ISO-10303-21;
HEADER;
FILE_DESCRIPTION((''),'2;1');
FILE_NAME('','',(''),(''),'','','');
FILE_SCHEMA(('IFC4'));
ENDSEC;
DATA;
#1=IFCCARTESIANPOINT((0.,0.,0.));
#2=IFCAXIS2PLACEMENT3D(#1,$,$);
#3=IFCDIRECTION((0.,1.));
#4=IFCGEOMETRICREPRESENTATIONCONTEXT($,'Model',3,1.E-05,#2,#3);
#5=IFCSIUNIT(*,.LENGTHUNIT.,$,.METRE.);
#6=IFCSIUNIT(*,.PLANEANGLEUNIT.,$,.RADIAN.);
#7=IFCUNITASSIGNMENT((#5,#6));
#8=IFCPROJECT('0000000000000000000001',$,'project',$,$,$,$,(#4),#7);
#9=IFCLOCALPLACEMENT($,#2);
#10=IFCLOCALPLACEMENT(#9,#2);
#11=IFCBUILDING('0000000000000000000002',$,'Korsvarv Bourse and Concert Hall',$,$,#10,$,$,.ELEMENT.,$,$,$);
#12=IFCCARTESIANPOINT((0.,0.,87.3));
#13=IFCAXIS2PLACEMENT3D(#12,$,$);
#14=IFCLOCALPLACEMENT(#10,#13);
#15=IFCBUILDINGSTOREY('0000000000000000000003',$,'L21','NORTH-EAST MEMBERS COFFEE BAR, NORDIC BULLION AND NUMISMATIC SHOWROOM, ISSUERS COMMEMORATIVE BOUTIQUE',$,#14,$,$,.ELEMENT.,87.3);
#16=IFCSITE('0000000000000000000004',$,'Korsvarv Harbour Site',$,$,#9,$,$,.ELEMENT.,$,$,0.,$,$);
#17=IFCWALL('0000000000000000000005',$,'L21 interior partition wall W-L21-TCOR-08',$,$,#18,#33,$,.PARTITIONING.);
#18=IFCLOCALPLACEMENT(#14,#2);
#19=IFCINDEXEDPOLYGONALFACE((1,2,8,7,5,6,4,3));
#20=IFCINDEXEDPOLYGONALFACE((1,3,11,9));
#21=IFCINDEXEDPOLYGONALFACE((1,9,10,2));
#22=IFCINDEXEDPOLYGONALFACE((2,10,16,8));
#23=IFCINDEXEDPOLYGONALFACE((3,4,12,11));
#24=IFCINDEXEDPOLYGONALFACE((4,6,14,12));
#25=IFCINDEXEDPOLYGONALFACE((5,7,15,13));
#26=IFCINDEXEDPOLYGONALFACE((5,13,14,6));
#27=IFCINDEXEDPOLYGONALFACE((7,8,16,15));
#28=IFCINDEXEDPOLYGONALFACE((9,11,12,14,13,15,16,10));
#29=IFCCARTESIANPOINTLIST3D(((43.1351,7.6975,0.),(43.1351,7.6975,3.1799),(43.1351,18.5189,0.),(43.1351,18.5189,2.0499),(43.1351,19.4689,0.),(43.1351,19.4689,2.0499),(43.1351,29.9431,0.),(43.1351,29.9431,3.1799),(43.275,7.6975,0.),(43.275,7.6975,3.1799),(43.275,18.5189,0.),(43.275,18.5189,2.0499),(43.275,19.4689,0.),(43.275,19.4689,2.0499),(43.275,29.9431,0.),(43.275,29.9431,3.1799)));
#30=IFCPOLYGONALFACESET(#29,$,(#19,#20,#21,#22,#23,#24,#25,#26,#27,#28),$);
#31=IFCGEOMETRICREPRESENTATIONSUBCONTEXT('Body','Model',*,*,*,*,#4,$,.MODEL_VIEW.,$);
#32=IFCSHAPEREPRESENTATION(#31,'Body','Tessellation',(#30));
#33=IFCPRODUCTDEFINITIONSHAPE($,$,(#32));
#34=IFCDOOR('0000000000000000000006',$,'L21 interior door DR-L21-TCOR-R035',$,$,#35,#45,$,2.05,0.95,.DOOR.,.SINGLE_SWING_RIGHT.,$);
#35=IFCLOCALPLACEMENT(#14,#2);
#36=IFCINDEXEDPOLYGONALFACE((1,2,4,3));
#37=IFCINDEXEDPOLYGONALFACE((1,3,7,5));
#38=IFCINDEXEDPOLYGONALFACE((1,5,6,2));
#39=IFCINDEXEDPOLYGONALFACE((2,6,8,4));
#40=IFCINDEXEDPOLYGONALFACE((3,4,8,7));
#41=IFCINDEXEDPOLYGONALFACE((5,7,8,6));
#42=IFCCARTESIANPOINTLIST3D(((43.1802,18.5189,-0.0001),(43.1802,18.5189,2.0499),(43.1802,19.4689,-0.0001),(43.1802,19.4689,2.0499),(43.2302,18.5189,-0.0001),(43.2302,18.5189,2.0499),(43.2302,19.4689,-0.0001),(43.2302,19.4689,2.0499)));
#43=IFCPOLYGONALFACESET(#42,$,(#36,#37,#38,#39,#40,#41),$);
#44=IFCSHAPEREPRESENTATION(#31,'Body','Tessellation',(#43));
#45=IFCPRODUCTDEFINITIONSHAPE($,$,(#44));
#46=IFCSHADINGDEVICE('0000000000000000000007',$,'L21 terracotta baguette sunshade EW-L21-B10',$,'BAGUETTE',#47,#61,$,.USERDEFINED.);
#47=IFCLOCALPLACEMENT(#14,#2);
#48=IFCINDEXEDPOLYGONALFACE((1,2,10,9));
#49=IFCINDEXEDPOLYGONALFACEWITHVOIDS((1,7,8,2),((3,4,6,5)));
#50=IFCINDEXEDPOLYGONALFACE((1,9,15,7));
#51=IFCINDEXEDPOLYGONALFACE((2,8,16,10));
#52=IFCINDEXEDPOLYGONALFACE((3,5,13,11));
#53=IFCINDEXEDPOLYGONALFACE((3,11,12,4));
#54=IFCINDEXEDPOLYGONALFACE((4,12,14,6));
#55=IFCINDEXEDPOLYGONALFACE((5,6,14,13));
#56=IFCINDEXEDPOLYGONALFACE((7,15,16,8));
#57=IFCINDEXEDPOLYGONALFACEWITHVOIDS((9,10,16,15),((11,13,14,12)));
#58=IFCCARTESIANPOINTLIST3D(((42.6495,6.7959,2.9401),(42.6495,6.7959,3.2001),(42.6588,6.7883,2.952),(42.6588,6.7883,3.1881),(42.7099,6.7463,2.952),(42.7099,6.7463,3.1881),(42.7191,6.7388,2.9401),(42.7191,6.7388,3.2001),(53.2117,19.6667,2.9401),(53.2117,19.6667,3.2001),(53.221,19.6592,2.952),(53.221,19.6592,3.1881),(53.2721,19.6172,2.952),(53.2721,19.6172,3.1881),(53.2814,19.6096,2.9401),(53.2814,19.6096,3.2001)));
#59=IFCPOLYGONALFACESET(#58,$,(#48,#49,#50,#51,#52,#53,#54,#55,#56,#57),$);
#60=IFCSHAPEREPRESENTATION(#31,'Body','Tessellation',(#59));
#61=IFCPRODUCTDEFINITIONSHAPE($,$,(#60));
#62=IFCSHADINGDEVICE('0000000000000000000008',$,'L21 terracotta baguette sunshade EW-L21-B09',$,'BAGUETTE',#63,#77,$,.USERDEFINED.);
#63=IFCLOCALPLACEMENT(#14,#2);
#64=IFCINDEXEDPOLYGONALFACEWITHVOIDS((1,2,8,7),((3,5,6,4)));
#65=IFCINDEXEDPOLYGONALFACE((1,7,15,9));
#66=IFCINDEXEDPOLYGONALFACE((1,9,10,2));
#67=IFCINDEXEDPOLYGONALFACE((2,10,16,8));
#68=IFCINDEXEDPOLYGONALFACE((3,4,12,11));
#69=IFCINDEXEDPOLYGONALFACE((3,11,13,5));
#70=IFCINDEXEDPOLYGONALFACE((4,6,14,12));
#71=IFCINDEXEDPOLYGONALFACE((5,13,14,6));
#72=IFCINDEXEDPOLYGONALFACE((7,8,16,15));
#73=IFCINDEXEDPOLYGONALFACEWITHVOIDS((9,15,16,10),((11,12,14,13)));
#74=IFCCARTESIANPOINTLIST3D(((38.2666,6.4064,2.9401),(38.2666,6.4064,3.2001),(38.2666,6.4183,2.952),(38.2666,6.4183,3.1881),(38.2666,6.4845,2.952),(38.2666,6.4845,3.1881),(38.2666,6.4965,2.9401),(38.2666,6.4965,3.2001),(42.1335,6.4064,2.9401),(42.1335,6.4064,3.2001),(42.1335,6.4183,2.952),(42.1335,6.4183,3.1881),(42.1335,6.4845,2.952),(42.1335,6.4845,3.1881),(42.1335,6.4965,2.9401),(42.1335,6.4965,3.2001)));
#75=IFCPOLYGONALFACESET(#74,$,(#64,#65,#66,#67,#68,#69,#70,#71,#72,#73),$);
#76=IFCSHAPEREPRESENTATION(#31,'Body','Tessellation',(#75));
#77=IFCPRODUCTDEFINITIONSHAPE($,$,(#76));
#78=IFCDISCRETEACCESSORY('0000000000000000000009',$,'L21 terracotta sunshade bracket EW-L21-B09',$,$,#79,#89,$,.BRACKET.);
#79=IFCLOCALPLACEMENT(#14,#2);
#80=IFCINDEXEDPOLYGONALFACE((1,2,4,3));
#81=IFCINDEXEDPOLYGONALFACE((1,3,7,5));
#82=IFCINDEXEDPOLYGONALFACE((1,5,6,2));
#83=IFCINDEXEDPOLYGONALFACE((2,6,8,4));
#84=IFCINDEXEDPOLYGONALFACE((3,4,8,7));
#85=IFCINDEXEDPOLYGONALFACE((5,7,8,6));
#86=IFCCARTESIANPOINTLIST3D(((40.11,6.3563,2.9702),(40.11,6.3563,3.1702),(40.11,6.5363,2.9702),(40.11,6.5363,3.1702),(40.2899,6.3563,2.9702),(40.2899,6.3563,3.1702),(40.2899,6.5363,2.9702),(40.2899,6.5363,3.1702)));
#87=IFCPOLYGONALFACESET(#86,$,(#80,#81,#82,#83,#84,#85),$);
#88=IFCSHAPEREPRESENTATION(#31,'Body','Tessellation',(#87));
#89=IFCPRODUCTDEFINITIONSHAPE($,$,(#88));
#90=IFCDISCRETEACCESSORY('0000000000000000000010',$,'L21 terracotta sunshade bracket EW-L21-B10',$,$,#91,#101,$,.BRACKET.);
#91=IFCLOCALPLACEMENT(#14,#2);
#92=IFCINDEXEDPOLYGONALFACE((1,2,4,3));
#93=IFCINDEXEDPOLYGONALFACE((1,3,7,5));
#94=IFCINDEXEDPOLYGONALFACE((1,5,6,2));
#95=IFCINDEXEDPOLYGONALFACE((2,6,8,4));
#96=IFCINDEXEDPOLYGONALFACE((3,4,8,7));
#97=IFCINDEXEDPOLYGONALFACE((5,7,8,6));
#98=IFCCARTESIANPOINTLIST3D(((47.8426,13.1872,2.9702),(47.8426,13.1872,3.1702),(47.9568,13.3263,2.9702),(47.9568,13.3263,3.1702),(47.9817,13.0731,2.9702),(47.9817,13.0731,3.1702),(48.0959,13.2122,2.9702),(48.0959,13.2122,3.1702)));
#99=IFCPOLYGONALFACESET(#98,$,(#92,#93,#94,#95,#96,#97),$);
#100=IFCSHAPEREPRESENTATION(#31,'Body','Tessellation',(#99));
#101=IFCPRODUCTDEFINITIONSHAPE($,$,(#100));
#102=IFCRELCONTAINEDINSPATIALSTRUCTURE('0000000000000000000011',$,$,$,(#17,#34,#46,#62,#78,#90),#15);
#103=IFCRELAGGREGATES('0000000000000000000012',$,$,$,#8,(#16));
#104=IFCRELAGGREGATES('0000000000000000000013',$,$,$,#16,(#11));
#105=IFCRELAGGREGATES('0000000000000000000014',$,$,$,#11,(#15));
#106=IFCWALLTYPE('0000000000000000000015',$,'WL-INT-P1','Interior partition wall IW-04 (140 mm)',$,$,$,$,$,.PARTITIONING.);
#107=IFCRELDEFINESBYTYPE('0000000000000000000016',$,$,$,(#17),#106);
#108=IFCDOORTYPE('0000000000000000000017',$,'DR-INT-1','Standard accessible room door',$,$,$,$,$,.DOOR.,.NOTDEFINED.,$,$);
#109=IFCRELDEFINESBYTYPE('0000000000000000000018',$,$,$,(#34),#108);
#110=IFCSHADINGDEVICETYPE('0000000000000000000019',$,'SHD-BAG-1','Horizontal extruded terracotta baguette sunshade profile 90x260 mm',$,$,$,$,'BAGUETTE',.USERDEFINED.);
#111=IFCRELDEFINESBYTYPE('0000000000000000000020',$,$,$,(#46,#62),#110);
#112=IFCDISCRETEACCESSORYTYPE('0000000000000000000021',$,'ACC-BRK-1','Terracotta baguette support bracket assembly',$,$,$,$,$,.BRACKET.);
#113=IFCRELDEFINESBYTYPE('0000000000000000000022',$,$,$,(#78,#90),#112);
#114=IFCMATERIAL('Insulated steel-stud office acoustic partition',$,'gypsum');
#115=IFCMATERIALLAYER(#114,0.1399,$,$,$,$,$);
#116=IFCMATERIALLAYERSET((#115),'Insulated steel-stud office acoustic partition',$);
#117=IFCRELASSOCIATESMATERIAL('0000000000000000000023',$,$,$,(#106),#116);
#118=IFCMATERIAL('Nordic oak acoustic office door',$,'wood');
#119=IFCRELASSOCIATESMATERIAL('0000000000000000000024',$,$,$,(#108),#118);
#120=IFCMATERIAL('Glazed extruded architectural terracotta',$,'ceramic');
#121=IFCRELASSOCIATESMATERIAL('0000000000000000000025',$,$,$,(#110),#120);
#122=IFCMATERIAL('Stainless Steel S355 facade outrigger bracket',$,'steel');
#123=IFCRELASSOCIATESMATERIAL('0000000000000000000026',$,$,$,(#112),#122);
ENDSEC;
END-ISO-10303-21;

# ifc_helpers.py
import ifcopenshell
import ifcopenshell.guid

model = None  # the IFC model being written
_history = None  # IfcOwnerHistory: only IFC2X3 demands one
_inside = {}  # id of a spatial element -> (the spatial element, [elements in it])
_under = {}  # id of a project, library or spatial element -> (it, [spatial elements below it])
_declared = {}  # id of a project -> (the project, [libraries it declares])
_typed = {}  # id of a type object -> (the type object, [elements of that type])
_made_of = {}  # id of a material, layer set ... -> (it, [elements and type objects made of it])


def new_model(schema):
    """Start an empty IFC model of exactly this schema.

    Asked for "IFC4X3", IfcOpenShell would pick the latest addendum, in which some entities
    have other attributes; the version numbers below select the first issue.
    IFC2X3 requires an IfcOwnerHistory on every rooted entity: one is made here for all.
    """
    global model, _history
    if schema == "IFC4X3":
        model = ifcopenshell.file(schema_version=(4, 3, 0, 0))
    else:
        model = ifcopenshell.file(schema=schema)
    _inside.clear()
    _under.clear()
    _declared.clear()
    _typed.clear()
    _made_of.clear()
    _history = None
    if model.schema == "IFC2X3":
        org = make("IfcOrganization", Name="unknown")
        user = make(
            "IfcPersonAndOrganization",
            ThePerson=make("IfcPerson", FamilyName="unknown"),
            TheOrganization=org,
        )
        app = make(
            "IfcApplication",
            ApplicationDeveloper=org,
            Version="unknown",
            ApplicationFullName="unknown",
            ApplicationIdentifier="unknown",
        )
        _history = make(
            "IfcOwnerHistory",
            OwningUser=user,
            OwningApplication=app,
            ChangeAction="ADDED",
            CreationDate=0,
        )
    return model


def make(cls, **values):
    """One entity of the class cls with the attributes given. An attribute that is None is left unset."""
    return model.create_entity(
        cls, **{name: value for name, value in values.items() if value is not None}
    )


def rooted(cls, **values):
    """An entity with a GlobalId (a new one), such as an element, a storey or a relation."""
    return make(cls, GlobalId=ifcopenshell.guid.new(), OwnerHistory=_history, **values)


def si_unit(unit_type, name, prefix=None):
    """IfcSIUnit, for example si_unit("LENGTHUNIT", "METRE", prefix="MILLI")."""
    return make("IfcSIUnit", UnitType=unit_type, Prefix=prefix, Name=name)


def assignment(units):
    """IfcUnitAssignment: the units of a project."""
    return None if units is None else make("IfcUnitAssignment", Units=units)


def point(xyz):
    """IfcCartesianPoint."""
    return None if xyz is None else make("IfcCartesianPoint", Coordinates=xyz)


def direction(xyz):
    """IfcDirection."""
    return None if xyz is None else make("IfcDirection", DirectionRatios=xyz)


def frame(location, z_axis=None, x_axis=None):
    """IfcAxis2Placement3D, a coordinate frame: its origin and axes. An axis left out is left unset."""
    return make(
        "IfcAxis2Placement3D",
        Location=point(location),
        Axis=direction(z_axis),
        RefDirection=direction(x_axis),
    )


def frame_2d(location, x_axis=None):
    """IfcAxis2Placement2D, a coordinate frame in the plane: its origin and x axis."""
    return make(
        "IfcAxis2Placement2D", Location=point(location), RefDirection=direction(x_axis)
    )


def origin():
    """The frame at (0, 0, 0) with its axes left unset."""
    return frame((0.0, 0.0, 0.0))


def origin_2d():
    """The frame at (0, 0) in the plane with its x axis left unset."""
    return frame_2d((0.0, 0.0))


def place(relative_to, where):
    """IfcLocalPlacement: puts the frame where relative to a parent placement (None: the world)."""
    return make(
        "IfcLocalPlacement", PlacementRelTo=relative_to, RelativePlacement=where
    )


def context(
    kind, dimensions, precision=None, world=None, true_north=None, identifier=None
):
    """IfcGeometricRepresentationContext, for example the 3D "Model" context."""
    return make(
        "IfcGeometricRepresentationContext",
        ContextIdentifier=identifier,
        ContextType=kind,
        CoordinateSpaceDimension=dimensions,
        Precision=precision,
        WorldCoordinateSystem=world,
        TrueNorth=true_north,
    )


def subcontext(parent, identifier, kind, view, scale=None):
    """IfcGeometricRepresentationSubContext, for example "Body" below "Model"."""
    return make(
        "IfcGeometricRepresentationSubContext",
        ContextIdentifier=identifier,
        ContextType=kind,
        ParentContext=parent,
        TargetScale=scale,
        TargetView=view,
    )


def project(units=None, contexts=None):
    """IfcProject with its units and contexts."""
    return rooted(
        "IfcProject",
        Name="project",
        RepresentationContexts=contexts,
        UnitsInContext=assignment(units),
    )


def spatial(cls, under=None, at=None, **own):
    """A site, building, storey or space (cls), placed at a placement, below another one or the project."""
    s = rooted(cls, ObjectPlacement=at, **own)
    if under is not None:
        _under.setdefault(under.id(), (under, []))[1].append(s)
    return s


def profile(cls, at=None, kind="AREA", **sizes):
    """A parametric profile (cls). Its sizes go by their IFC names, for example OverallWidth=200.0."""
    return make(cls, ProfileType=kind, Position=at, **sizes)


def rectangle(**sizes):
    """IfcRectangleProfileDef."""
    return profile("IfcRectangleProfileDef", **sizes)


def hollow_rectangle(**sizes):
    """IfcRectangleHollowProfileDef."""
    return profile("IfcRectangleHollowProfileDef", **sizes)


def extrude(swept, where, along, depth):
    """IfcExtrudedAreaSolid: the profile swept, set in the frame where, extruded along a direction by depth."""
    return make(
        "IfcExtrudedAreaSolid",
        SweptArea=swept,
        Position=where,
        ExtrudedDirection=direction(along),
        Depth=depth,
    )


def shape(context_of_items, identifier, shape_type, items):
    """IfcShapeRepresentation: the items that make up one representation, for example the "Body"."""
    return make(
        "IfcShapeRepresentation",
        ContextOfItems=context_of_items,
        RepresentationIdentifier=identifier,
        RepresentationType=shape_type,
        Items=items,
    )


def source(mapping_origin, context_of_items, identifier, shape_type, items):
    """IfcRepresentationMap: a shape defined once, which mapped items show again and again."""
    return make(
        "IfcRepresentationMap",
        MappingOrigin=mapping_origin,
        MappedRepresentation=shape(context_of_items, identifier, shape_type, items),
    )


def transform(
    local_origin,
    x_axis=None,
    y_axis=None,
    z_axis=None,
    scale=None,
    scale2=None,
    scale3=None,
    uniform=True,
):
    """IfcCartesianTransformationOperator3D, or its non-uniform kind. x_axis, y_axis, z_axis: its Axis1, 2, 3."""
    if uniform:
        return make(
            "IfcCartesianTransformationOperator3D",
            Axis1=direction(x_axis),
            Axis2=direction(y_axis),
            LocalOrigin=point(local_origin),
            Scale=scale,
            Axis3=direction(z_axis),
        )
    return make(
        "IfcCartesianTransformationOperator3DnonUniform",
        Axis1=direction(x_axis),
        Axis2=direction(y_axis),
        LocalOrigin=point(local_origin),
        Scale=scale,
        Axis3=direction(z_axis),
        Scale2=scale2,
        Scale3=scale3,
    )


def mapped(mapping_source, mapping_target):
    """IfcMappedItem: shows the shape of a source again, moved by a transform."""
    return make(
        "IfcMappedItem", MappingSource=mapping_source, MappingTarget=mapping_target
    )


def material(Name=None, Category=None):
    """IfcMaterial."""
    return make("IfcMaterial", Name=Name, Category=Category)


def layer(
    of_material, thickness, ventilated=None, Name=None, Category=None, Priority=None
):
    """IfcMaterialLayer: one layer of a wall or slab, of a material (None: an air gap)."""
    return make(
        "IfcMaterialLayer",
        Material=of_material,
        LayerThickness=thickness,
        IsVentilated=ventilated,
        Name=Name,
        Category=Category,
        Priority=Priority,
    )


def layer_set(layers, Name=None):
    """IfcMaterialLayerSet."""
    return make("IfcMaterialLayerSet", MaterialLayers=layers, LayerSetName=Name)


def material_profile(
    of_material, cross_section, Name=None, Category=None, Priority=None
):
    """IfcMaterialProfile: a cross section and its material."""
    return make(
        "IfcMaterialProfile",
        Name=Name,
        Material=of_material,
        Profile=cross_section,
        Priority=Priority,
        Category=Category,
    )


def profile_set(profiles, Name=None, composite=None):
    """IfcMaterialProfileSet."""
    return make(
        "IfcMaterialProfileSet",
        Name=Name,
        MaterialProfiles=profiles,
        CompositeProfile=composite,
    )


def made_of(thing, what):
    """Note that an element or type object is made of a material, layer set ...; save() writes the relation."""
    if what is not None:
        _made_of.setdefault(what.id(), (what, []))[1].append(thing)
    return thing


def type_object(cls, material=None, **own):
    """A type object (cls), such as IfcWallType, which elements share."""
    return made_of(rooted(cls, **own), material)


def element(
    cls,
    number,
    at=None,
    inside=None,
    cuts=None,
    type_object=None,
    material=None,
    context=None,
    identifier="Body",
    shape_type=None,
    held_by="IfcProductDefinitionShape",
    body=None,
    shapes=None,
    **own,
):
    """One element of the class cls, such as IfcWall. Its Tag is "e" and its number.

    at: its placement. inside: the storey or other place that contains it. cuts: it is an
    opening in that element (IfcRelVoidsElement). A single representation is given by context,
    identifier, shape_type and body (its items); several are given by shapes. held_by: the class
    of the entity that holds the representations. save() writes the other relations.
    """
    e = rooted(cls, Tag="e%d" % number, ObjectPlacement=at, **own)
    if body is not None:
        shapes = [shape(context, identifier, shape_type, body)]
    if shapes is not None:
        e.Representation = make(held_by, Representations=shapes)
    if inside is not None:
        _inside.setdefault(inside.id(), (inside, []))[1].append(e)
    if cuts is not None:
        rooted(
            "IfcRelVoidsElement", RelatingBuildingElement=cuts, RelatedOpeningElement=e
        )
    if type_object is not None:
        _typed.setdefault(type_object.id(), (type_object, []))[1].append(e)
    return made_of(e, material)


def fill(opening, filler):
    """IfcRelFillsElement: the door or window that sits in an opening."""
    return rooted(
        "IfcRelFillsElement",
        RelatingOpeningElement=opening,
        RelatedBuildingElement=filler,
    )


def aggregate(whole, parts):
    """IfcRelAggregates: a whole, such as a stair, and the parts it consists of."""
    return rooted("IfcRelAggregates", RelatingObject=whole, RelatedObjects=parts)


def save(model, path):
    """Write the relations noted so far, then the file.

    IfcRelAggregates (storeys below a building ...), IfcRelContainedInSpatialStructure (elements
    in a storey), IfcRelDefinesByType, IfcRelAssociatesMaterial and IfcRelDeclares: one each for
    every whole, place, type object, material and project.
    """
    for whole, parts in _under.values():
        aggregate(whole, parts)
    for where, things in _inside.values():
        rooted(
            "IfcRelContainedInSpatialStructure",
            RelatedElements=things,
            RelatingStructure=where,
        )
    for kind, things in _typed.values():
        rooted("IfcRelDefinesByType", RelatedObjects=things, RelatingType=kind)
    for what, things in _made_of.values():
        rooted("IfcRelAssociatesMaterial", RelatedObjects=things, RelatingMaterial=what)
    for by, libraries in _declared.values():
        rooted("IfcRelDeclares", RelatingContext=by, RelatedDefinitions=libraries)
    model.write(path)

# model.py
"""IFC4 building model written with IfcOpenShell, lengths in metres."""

from ifc_helpers import new_model, si_unit, direction, frame, frame_2d, origin, origin_2d, place, context, subcontext, project, spatial, rectangle, hollow_rectangle, extrude, source, transform, mapped, material, layer, layer_set, material_profile, profile_set, type_object, element, fill, save


model = new_model("IFC4")

# Units and contexts
model_context = context("Model", 3, precision=1e-05, world=origin(), true_north=direction((0.0, 1.0)))
body_context = subcontext(model_context, "Body", "Model", "MODEL_VIEW")
ifc_project = project(units=[si_unit("LENGTHUNIT", "METRE"), si_unit("PLANEANGLEUNIT", "RADIAN")], contexts=[model_context])

# Site, building, storey
site_placement = place(None, origin())
site = spatial("IfcSite", under=ifc_project, at=site_placement, Name="Korsvarv Harbour Site", CompositionType="ELEMENT", RefElevation=0.0)
building_placement = place(site_placement, origin())
building = spatial("IfcBuilding", under=site, at=building_placement, Name="Korsvarv Bourse and Concert Hall", CompositionType="ELEMENT")
storey_placement = place(building_placement, frame((0.0, 0.0, 87.3)))
storey = spatial("IfcBuildingStorey", under=building, at=storey_placement, Name="L21", Description="NORTH-EAST MEMBERS COFFEE BAR, NORDIC BULLION AND NUMISMATIC SHOWROOM, ISSUERS COMMEMORATIVE BOUTIQUE", CompositionType="ELEMENT", Elevation=87.3)

# Wall, opening, door
ifc_material_1 = material(Name="Insulated steel-stud office acoustic partition", Category="gypsum")
ifc_layer_1 = layer(ifc_material_1, 0.1399)
ifc_layer_set_1 = layer_set([ifc_layer_1], Name="Insulated steel-stud office acoustic partition")
wall_type_1 = type_object("IfcWallType", Name="WL-INT-P1", Description="Interior partition wall IW-04 (140 mm)", PredefinedType="PARTITIONING", material=ifc_layer_set_1)
wall_1_placement = place(storey_placement, frame((43.2051, 7.6975, 0.0), z_axis=(0.0, 0.0, 1.0), x_axis=(0.0, 1.0, 0.0)))
wall_1 = element("IfcWall", 1, at=wall_1_placement, inside=storey, type_object=wall_type_1, Name="L21 interior partition wall W-L21-TCOR-08", PredefinedType="PARTITIONING", context=body_context, shape_type="SweptSolid", body=[
    extrude(rectangle(XDim=22.2456, YDim=0.1399, at=frame_2d((11.1228, 0.0))), origin(), (0.0, 0.0, 1.0), 3.1799),
])
opening_1_placement = place(wall_1_placement, frame((10.8213, 0.0, 0.0)))
opening_1 = element("IfcOpeningElement", 2, at=opening_1_placement, cuts=wall_1, PredefinedType="OPENING", context=body_context, shape_type="SweptSolid", body=[
    extrude(rectangle(XDim=0.95, YDim=2.05, at=frame_2d((0.4751, 1.0249))), frame((0.0, 0.0801, 0.0), z_axis=(0.0, -1.0, 0.0), x_axis=(1.0, 0.0, 0.0)), (0.0, 0.0, 1.0), 0.1599),
])
ifc_material_2 = material(Name="Nordic oak acoustic office door", Category="wood")
door_type = type_object("IfcDoorType", Name="DR-INT-1", Description="Standard accessible room door", OperationType="NOTDEFINED", PredefinedType="DOOR", material=ifc_material_2)
door_placement = place(opening_1_placement, origin())
door = element("IfcDoor", 3, at=door_placement, inside=storey, type_object=door_type, Name="L21 interior door DR-L21-TCOR-R035", OperationType="SINGLE_SWING_RIGHT", OverallHeight=2.05, OverallWidth=0.95, PredefinedType="DOOR", context=body_context, shape_type="SweptSolid", body=[
    extrude(rectangle(XDim=0.95, YDim=2.05, at=frame_2d((0.4751, 1.0249))), frame((0.0, 0.0249, 0.0), z_axis=(0.0, -1.0, 0.0), x_axis=(1.0, 0.0, 0.0)), (0.0, 0.0, 1.0), 0.05),
])
fill(opening_1, door)

# Shading devices
ifc_material_3 = material(Name="Glazed extruded architectural terracotta", Category="ceramic")
ifc_material_profile_1 = material_profile(ifc_material_3, hollow_rectangle(XDim=0.0901, YDim=0.26, WallThickness=0.012, at=origin_2d()), Name="TC-BAG 90x260")
ifc_profile_set_1 = profile_set([ifc_material_profile_1], Name="Glazed extruded architectural terracotta")
shading_device_type = type_object("IfcShadingDeviceType", Name="SHD-BAG-1", Description="Horizontal extruded terracotta baguette sunshade profile 90x260 mm", ElementType="BAGUETTE", PredefinedType="USERDEFINED", material=ifc_profile_set_1)
shared_shape_1 = source(origin(), body_context, "Body", "SweptSolid", [
    extrude(hollow_rectangle(XDim=0.0901, YDim=0.26, WallThickness=0.012, at=origin_2d()), origin(), (0.0, 0.0, 1.0), 16.6499),
])
shading_device_1_placement = place(storey_placement, frame((42.6843, 6.7673, 3.0701), z_axis=(0.634373, 0.773027, 0.0), x_axis=(-0.773027, 0.634373, 0.0)))
element("IfcShadingDevice", 4, at=shading_device_1_placement, inside=storey, type_object=shading_device_type, Name="L21 terracotta baguette sunshade EW-L21-B10", ObjectType="BAGUETTE", PredefinedType="USERDEFINED", context=body_context, shape_type="MappedRepresentation", body=[
    mapped(shared_shape_1, transform((0.0, 0.0, 0.0), scale=1.0)),
])
shared_shape_2 = source(origin(), body_context, "Body", "SweptSolid", [
    extrude(hollow_rectangle(XDim=0.0901, YDim=0.26, WallThickness=0.012, at=origin_2d()), origin(), (0.0, 0.0, 1.0), 3.8669),
])
shading_device_2_placement = place(storey_placement, frame((38.2666, 6.4514, 3.0701), z_axis=(1.0, 0.0, 0.0), x_axis=(0.0, 1.0, 0.0)))
element("IfcShadingDevice", 5, at=shading_device_2_placement, inside=storey, type_object=shading_device_type, Name="L21 terracotta baguette sunshade EW-L21-B09", ObjectType="BAGUETTE", PredefinedType="USERDEFINED", context=body_context, shape_type="MappedRepresentation", body=[
    mapped(shared_shape_2, transform((0.0, 0.0, 0.0), scale=1.0)),
])

# Discrete accessories
ifc_material_4 = material(Name="Stainless Steel S355 facade outrigger bracket", Category="steel")
discrete_accessory_type = type_object("IfcDiscreteAccessoryType", Name="ACC-BRK-1", Description="Terracotta baguette support bracket assembly", PredefinedType="BRACKET", material=ifc_material_4)
shared_shape_3 = source(origin(), body_context, "Body", "SweptSolid", [
    extrude(rectangle(XDim=0.1799, YDim=0.1799, at=origin_2d()), origin(), (0.0, 0.0, 1.0), 0.2),
])
for number, where, z_axis, x_axis, name in (
    (6, (40.2, 6.4463, 2.9702), (0.0, 0.0, 1.0), (1.0, 0.0, 0.0), "L21 terracotta sunshade bracket EW-L21-B09"),
    (7, (47.9692, 13.1997, 2.9702), (0.0, 0.0, 1.0), (0.634326, 0.773066, 0.0), "L21 terracotta sunshade bracket EW-L21-B10"),
):
    element("IfcDiscreteAccessory", number, at=place(storey_placement, frame(where, z_axis=z_axis, x_axis=x_axis)), inside=storey, type_object=discrete_accessory_type, Name=name, PredefinedType="BRACKET", context=body_context, shape_type="MappedRepresentation", body=[
        mapped(shared_shape_3, transform((0.0, 0.0, 0.0), scale=1.0)),
    ])

save(model, "model.ifc")
